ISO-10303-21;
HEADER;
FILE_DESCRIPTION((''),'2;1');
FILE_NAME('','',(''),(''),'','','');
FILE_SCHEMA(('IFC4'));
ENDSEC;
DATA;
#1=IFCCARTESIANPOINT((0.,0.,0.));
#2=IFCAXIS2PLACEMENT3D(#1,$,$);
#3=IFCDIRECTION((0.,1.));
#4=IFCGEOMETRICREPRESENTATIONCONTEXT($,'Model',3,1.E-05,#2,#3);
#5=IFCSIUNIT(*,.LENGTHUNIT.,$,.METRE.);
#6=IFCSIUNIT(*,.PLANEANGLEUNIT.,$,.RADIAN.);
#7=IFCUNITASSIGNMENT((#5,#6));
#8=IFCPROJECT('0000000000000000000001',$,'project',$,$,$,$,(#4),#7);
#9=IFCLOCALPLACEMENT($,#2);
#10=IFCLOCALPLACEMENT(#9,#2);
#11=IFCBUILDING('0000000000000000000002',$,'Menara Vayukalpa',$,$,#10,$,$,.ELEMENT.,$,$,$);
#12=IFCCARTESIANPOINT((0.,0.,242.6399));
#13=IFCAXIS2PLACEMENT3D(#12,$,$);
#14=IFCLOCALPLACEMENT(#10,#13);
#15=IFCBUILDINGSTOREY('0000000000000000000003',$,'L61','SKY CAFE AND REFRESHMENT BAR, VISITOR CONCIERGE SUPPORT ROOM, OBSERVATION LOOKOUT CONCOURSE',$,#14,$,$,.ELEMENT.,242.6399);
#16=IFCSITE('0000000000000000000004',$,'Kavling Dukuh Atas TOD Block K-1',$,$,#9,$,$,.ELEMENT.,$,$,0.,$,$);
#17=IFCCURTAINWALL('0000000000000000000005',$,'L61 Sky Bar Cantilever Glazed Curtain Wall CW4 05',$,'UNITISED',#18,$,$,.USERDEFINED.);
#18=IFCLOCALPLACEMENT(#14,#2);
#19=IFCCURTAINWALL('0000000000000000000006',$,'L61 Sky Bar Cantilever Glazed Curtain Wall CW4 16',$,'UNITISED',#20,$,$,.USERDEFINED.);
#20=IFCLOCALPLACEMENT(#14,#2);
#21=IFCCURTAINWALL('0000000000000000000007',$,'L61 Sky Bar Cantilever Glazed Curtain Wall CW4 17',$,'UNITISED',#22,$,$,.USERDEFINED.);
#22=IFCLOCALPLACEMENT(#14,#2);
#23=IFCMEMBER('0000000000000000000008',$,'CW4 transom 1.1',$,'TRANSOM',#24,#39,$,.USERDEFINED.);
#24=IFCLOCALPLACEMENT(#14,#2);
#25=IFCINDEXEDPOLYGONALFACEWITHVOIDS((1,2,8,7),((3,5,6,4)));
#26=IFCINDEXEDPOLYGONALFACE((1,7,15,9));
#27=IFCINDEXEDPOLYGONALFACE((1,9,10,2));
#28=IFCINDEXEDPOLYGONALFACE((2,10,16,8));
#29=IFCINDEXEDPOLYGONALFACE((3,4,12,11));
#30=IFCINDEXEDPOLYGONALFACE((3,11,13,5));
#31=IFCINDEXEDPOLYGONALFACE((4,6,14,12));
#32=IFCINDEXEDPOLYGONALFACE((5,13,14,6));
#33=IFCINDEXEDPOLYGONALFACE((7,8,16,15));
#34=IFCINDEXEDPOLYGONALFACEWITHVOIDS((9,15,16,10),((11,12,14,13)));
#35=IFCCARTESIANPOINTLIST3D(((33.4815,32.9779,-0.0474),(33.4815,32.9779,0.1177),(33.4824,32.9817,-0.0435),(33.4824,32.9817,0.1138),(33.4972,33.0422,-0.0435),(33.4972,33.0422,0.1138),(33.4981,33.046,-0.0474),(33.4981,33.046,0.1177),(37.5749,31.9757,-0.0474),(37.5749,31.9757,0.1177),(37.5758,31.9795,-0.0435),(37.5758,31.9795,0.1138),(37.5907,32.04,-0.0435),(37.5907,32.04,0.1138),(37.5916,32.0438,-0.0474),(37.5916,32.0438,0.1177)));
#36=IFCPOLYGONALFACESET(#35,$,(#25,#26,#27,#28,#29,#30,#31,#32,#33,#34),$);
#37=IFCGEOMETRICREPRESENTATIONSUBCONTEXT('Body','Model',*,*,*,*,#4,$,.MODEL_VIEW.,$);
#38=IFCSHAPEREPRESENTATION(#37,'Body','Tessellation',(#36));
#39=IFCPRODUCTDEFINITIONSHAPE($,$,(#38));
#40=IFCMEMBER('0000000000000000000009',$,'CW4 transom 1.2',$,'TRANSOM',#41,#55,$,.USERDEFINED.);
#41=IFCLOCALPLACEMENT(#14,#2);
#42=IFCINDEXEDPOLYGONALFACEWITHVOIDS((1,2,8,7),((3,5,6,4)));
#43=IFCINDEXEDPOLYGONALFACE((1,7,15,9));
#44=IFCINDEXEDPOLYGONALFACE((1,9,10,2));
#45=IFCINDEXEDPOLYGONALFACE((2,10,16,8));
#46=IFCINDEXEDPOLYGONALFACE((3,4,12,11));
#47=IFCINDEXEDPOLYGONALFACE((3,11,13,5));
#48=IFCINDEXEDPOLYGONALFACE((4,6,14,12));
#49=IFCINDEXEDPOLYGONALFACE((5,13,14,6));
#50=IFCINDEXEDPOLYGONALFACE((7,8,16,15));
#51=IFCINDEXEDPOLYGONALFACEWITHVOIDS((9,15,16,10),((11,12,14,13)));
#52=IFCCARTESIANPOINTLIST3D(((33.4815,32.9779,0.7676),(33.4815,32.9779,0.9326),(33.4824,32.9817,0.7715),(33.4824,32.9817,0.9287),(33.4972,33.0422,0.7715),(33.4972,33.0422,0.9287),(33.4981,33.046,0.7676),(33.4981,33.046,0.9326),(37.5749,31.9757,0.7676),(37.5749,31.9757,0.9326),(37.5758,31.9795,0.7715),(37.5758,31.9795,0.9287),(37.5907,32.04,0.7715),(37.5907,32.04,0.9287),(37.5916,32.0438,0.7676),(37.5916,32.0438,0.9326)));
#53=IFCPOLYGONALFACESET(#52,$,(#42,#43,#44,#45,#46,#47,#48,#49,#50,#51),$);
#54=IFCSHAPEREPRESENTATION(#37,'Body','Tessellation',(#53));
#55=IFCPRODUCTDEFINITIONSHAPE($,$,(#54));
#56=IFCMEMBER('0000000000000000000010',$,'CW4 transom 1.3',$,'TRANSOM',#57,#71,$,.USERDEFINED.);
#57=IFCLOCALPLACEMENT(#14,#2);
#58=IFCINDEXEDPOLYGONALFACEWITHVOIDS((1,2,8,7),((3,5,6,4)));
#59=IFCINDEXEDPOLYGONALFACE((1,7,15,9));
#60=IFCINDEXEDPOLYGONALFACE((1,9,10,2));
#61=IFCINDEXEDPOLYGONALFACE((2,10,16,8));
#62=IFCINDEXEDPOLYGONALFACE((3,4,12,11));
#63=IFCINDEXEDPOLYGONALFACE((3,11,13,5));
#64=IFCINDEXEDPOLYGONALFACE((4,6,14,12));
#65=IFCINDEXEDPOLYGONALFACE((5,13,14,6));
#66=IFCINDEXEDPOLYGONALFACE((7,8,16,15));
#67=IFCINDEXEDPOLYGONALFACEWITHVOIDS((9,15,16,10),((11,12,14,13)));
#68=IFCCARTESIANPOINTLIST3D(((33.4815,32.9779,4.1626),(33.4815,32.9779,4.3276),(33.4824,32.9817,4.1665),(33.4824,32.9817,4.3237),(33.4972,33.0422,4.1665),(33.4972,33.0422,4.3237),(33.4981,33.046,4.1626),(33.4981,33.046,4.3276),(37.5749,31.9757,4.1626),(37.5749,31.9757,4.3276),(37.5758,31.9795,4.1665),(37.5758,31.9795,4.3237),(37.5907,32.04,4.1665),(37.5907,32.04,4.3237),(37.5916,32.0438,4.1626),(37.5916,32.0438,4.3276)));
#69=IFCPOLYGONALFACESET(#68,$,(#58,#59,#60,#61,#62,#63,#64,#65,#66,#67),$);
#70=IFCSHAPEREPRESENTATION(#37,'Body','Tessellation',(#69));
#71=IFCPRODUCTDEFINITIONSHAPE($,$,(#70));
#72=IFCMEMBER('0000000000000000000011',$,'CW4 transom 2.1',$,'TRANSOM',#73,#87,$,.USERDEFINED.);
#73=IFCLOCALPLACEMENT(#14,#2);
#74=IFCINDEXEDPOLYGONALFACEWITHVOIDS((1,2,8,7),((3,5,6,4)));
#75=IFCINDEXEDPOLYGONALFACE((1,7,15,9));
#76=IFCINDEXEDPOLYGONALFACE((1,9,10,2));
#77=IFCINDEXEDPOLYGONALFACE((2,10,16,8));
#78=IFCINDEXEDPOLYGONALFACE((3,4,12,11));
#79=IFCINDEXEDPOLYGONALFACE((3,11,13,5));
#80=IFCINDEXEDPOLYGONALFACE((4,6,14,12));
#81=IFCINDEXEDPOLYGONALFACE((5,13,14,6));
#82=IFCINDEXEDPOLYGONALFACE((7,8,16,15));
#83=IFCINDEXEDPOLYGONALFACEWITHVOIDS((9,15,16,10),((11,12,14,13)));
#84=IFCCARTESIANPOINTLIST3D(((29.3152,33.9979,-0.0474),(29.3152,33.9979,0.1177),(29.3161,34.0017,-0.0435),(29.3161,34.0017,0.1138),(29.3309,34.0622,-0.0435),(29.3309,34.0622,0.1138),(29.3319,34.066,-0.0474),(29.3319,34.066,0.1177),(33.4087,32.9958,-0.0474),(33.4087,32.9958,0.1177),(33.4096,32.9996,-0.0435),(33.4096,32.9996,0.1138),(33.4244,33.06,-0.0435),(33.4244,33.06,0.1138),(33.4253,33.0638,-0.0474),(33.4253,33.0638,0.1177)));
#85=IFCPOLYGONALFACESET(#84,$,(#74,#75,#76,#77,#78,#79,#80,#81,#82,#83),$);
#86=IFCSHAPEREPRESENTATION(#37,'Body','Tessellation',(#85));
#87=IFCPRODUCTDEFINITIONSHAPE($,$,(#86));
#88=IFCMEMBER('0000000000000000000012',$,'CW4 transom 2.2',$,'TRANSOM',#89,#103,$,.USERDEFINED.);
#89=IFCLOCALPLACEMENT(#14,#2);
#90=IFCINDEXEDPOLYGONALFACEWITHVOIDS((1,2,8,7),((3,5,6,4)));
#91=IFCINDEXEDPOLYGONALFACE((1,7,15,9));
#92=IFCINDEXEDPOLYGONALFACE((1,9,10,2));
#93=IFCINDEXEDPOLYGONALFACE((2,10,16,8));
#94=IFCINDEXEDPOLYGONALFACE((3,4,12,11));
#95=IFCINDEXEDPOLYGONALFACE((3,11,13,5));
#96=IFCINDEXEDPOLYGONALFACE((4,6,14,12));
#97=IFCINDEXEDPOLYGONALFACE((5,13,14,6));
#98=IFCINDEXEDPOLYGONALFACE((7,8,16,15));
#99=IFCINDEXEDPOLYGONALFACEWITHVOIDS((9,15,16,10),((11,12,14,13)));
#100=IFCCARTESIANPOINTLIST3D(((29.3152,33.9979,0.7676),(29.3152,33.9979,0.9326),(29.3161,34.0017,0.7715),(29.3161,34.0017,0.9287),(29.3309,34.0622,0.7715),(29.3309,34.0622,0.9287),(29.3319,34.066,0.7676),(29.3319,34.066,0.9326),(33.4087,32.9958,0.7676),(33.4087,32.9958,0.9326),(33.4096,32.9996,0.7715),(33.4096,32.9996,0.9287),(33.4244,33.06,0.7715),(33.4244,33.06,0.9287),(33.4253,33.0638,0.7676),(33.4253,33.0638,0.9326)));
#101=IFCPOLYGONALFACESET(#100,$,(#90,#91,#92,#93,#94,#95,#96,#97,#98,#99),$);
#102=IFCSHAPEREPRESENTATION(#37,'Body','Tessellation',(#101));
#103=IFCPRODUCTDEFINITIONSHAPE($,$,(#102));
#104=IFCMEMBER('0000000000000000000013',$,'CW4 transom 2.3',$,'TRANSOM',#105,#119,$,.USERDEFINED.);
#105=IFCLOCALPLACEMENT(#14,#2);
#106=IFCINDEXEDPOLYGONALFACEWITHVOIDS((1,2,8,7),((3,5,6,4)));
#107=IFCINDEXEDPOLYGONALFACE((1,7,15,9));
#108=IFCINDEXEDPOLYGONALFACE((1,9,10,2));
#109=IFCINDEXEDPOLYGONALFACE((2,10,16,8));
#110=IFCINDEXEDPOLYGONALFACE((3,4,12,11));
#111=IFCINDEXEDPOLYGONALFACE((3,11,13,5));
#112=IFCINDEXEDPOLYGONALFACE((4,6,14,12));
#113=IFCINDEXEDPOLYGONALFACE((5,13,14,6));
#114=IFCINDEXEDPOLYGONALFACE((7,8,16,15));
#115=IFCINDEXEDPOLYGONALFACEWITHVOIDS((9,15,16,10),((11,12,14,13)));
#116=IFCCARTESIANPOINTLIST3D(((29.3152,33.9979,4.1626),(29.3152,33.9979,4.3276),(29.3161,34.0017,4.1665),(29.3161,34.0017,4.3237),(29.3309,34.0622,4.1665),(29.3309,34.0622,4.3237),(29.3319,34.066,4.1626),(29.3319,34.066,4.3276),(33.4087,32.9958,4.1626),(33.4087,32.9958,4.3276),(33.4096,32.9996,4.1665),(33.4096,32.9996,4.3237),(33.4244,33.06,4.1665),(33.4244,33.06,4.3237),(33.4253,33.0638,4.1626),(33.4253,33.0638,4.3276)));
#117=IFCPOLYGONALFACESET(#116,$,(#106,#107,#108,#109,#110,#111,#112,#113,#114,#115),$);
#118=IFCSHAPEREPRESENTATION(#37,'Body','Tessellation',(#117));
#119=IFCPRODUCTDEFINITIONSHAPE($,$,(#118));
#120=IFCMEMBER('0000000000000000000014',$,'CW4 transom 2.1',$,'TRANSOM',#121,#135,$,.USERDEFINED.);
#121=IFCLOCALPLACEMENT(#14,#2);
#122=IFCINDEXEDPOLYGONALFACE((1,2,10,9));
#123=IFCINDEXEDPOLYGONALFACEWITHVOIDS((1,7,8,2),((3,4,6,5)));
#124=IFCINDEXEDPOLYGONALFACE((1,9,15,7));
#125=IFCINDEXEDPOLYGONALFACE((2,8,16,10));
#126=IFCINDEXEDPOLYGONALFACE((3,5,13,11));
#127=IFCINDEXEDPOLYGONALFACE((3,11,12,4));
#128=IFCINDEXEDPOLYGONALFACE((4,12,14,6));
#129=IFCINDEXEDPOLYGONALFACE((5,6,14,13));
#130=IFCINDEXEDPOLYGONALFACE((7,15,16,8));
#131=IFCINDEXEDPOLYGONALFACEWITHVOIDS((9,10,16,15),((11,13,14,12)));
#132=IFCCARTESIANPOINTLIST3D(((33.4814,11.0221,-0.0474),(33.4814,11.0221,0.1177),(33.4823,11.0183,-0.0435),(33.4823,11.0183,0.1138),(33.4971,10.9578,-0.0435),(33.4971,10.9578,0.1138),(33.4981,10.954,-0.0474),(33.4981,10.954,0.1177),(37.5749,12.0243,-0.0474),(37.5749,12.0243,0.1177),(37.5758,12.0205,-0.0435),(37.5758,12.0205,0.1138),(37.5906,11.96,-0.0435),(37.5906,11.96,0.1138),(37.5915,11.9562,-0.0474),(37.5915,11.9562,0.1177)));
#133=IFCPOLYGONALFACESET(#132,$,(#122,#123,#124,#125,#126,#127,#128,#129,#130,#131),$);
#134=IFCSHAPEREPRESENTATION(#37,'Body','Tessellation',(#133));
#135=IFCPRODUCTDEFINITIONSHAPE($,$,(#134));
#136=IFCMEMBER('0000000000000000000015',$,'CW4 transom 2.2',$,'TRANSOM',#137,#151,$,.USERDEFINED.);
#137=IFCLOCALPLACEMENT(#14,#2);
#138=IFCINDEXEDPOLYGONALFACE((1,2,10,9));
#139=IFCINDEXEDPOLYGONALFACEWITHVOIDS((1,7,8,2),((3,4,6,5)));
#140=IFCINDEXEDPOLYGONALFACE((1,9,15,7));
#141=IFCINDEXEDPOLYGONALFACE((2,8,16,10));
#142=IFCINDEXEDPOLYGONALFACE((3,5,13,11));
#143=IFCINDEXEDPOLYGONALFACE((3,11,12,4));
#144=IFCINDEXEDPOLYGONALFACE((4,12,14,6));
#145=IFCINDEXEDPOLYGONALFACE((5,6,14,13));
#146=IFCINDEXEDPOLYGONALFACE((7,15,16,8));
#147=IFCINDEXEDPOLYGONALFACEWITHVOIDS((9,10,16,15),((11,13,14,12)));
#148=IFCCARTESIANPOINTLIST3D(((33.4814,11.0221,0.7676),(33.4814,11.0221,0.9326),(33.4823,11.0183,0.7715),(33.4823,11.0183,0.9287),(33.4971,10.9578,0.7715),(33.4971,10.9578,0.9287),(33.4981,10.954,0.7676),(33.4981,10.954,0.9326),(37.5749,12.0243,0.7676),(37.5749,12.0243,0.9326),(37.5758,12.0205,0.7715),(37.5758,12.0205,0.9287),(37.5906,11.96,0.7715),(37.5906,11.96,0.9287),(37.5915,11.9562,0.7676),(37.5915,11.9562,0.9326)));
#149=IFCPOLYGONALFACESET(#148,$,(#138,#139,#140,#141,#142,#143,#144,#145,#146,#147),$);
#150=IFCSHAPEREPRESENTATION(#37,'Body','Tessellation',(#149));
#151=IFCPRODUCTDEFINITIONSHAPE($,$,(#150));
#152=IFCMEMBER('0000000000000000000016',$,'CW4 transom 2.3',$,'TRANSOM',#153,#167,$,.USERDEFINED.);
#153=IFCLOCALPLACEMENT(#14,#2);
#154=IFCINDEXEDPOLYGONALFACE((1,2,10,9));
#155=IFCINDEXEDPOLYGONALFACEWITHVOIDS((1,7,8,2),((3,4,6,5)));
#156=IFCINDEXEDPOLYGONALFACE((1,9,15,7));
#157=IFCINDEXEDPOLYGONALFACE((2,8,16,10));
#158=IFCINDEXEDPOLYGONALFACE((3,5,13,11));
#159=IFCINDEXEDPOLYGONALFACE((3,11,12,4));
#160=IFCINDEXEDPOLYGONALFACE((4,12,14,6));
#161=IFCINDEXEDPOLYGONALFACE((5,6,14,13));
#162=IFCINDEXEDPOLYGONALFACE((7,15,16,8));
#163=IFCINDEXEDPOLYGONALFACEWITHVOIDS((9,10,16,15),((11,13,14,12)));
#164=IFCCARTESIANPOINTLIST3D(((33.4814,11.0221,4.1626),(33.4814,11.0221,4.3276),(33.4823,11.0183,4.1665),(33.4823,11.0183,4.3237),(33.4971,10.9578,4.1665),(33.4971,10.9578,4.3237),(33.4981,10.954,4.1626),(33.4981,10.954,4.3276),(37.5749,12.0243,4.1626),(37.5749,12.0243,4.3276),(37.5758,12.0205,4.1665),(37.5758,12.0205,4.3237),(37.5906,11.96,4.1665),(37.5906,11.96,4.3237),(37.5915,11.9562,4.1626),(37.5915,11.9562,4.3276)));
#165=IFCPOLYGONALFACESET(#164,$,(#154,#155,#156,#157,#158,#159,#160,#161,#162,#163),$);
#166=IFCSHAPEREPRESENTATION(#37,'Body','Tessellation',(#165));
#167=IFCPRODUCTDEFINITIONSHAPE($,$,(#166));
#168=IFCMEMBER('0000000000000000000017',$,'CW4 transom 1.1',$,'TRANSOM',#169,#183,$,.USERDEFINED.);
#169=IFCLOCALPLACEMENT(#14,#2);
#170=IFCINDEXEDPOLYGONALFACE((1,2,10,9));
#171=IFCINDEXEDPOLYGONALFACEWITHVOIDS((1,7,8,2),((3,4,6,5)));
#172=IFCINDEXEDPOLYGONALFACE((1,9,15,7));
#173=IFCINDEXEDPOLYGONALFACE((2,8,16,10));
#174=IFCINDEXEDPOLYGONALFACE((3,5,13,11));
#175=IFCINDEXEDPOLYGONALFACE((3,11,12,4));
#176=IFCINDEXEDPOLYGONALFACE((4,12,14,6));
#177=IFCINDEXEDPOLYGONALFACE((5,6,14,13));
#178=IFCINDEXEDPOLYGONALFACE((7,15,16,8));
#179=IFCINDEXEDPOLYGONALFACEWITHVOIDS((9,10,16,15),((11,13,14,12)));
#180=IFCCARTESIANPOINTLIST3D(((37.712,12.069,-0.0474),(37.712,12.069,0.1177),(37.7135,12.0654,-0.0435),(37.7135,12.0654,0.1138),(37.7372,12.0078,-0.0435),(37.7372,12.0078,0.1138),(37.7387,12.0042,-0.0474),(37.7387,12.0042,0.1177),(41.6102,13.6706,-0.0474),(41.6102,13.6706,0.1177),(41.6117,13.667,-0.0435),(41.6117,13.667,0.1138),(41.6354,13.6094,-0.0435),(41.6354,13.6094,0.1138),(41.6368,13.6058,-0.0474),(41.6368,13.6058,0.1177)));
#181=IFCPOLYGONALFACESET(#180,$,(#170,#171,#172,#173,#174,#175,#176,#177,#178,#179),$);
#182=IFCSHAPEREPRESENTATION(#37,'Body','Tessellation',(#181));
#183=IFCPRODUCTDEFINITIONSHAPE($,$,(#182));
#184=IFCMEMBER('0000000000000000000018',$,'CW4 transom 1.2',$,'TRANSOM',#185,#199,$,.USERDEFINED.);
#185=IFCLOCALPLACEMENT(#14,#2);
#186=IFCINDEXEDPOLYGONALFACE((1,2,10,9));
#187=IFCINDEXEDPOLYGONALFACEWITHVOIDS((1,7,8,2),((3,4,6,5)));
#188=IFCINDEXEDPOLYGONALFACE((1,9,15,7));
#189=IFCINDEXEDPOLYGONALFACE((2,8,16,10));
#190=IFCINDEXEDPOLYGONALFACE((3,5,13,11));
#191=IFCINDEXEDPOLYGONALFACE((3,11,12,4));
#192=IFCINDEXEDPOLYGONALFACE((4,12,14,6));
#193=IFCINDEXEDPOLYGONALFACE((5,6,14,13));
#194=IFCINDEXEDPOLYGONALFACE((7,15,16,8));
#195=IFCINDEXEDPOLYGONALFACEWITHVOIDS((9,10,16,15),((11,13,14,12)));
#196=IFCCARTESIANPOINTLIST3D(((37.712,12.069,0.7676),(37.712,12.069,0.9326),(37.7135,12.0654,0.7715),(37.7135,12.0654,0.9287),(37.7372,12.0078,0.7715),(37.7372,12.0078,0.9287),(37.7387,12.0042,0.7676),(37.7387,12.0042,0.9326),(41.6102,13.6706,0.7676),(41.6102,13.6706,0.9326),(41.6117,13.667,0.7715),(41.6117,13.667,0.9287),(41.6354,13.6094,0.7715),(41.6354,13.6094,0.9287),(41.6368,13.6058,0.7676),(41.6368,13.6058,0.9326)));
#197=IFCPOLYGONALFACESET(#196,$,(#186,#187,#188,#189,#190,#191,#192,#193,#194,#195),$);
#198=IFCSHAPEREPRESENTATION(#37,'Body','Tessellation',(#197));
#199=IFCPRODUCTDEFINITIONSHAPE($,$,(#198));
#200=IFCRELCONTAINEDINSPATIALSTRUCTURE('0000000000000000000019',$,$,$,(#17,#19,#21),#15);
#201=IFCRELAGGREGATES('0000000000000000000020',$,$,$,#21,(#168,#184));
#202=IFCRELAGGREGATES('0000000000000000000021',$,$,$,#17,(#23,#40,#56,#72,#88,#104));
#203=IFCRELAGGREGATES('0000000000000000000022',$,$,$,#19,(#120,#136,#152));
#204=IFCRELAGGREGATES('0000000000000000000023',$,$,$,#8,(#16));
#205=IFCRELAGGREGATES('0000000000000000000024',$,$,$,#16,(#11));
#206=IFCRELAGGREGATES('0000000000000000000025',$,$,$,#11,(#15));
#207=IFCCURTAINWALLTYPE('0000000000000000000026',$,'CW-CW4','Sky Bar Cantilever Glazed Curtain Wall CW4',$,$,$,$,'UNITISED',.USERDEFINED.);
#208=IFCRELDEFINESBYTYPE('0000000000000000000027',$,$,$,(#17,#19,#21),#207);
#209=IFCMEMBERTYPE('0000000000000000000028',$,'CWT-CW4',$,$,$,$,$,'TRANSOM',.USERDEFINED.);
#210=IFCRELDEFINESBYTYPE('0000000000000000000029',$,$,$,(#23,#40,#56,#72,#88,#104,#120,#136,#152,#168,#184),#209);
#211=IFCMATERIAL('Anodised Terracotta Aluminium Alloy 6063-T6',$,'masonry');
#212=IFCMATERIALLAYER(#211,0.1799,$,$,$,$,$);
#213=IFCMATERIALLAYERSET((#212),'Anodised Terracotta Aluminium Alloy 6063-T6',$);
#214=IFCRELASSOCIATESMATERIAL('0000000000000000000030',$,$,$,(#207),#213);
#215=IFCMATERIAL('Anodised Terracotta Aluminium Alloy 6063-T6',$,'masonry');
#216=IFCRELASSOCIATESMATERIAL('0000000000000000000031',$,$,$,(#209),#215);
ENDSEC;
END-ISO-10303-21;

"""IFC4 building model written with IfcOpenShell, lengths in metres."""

from ifc_helpers import new_model, si_unit, direction, frame, origin, origin_2d, place, context, subcontext, project, spatial, hollow_rectangle, extrude, material, layer, layer_set, material_profile, profile_set, type_object, element, aggregate, save


model = new_model("IFC4")

# Units and contexts
model_context = context("Model", 3, precision=1e-05, world=origin(), true_north=direction((0.0, 1.0)))
body_context = subcontext(model_context, "Body", "Model", "MODEL_VIEW")
ifc_project = project(units=[si_unit("LENGTHUNIT", "METRE"), si_unit("PLANEANGLEUNIT", "RADIAN")], contexts=[model_context])

# Site, building, storey
site_placement = place(None, origin())
site = spatial("IfcSite", under=ifc_project, at=site_placement, Name="Kavling Dukuh Atas TOD Block K-1", CompositionType="ELEMENT", RefElevation=0.0)
building_placement = place(site_placement, origin())
building = spatial("IfcBuilding", under=site, at=building_placement, Name="Menara Vayukalpa", CompositionType="ELEMENT")
storey_placement = place(building_placement, frame((0.0, 0.0, 242.6399)))
storey = spatial("IfcBuildingStorey", under=building, at=storey_placement, Name="L61", Description="SKY CAFE AND REFRESHMENT BAR, VISITOR CONCIERGE SUPPORT ROOM, OBSERVATION LOOKOUT CONCOURSE", CompositionType="ELEMENT", Elevation=242.6399)

# Shared definitions
ifc_material_1 = material(Name="Anodised Terracotta Aluminium Alloy 6063-T6", Category="masonry")
ifc_layer_1 = layer(ifc_material_1, 0.1799)
ifc_layer_set_1 = layer_set([ifc_layer_1], Name="Anodised Terracotta Aluminium Alloy 6063-T6")
curtain_wall_type = type_object("IfcCurtainWallType", Name="CW-CW4", Description="Sky Bar Cantilever Glazed Curtain Wall CW4", ElementType="UNITISED", PredefinedType="USERDEFINED", material=ifc_layer_set_1)

# Curtain walls
curtain_wall_1_placement = place(storey_placement, origin())
curtain_wall_1 = element("IfcCurtainWall", 1, at=curtain_wall_1_placement, inside=storey, type_object=curtain_wall_type, Name="L61 Sky Bar Cantilever Glazed Curtain Wall CW4 05", ObjectType="UNITISED", PredefinedType="USERDEFINED")
curtain_wall_2_placement = place(storey_placement, origin())
curtain_wall_2 = element("IfcCurtainWall", 2, at=curtain_wall_2_placement, inside=storey, type_object=curtain_wall_type, Name="L61 Sky Bar Cantilever Glazed Curtain Wall CW4 16", ObjectType="UNITISED", PredefinedType="USERDEFINED")

# Curtain wall
curtain_wall_3_placement = place(storey_placement, origin())
curtain_wall_3 = element("IfcCurtainWall", 3, at=curtain_wall_3_placement, inside=storey, type_object=curtain_wall_type, Name="L61 Sky Bar Cantilever Glazed Curtain Wall CW4 17", ObjectType="UNITISED", PredefinedType="USERDEFINED")

# Members
ifc_material_2 = material(Name="Anodised Terracotta Aluminium Alloy 6063-T6", Category="masonry")
ifc_material_profile_1 = material_profile(ifc_material_2, hollow_rectangle(XDim=0.0701, YDim=0.165, WallThickness=0.0039, at=origin_2d()), Name="ALU 70x165x4")
ifc_profile_set_1 = profile_set([ifc_material_profile_1], Name="Anodised Terracotta Aluminium Alloy 6063-T6")
member_type_1 = type_object("IfcMemberType", Name="CWT-CW4", ElementType="TRANSOM", PredefinedType="USERDEFINED", material=ifc_profile_set_1)
member_1_placement = place(storey_placement, frame((37.5833, 32.0098, 0.0352), z_axis=(-0.971313, 0.237803, 0.0), x_axis=(-0.237803, -0.971313, 0.0)))
member_1 = element("IfcMember", 4, at=member_1_placement, type_object=member_type_1, Name="CW4 transom 1.1", ObjectType="TRANSOM", PredefinedType="USERDEFINED", context=body_context, shape_type="SweptSolid", body=[
    extrude(hollow_rectangle(XDim=0.0701, YDim=0.165, WallThickness=0.0039, at=origin_2d()), origin(), (0.0, 0.0, 1.0), 4.2144),
])
member_2_placement = place(storey_placement, frame((37.5833, 32.0098, 0.8501), z_axis=(-0.971313, 0.237803, 0.0), x_axis=(-0.237803, -0.971313, 0.0)))
member_2 = element("IfcMember", 5, at=member_2_placement, type_object=member_type_1, Name="CW4 transom 1.2", ObjectType="TRANSOM", PredefinedType="USERDEFINED", context=body_context, shape_type="SweptSolid", body=[
    extrude(hollow_rectangle(XDim=0.0701, YDim=0.165, WallThickness=0.0039, at=origin_2d()), origin(), (0.0, 0.0, 1.0), 4.2144),
])
member_3_placement = place(storey_placement, frame((37.5833, 32.0098, 4.2451), z_axis=(-0.971313, 0.237803, 0.0), x_axis=(-0.237803, -0.971313, 0.0)))
member_3 = element("IfcMember", 6, at=member_3_placement, type_object=member_type_1, Name="CW4 transom 1.3", ObjectType="TRANSOM", PredefinedType="USERDEFINED", context=body_context, shape_type="SweptSolid", body=[
    extrude(hollow_rectangle(XDim=0.0701, YDim=0.165, WallThickness=0.0039, at=origin_2d()), origin(), (0.0, 0.0, 1.0), 4.2144),
])
member_4_placement = place(storey_placement, frame((33.417, 33.0298, 0.0352), z_axis=(-0.971313, 0.237803, 0.0), x_axis=(-0.237803, -0.971313, 0.0)))
member_4 = element("IfcMember", 7, at=member_4_placement, type_object=member_type_1, Name="CW4 transom 2.1", ObjectType="TRANSOM", PredefinedType="USERDEFINED", context=body_context, shape_type="SweptSolid", body=[
    extrude(hollow_rectangle(XDim=0.0701, YDim=0.165, WallThickness=0.0039, at=origin_2d()), origin(), (0.0, 0.0, 1.0), 4.2144),
])
member_5_placement = place(storey_placement, frame((33.417, 33.0298, 0.8501), z_axis=(-0.971313, 0.237803, 0.0), x_axis=(-0.237803, -0.971313, 0.0)))
member_5 = element("IfcMember", 8, at=member_5_placement, type_object=member_type_1, Name="CW4 transom 2.2", ObjectType="TRANSOM", PredefinedType="USERDEFINED", context=body_context, shape_type="SweptSolid", body=[
    extrude(hollow_rectangle(XDim=0.0701, YDim=0.165, WallThickness=0.0039, at=origin_2d()), origin(), (0.0, 0.0, 1.0), 4.2144),
])
member_6_placement = place(storey_placement, frame((33.417, 33.0298, 4.2451), z_axis=(-0.971313, 0.237803, 0.0), x_axis=(-0.237803, -0.971313, 0.0)))
member_6 = element("IfcMember", 9, at=member_6_placement, type_object=member_type_1, Name="CW4 transom 2.3", ObjectType="TRANSOM", PredefinedType="USERDEFINED", context=body_context, shape_type="SweptSolid", body=[
    extrude(hollow_rectangle(XDim=0.0701, YDim=0.165, WallThickness=0.0039, at=origin_2d()), origin(), (0.0, 0.0, 1.0), 4.2144),
])
member_7_placement = place(storey_placement, frame((33.4897, 10.988, 0.0352), z_axis=(0.971313, 0.237803, 0.0), x_axis=(-0.237803, 0.971313, 0.0)))
member_7 = element("IfcMember", 10, at=member_7_placement, type_object=member_type_1, Name="CW4 transom 2.1", ObjectType="TRANSOM", PredefinedType="USERDEFINED", context=body_context, shape_type="SweptSolid", body=[
    extrude(hollow_rectangle(XDim=0.0701, YDim=0.165, WallThickness=0.0039, at=origin_2d()), origin(), (0.0, 0.0, 1.0), 4.2144),
])
member_8_placement = place(storey_placement, frame((33.4897, 10.988, 0.8501), z_axis=(0.971313, 0.237803, 0.0), x_axis=(-0.237803, 0.971313, 0.0)))
member_8 = element("IfcMember", 11, at=member_8_placement, type_object=member_type_1, Name="CW4 transom 2.2", ObjectType="TRANSOM", PredefinedType="USERDEFINED", context=body_context, shape_type="SweptSolid", body=[
    extrude(hollow_rectangle(XDim=0.0701, YDim=0.165, WallThickness=0.0039, at=origin_2d()), origin(), (0.0, 0.0, 1.0), 4.2144),
])
member_9_placement = place(storey_placement, frame((33.4897, 10.988, 4.2451), z_axis=(0.971313, 0.237803, 0.0), x_axis=(-0.237803, 0.971313, 0.0)))
member_9 = element("IfcMember", 12, at=member_9_placement, type_object=member_type_1, Name="CW4 transom 2.3", ObjectType="TRANSOM", PredefinedType="USERDEFINED", context=body_context, shape_type="SweptSolid", body=[
    extrude(hollow_rectangle(XDim=0.0701, YDim=0.165, WallThickness=0.0039, at=origin_2d()), origin(), (0.0, 0.0, 1.0), 4.2144),
])
member_10_placement = place(storey_placement, frame((37.7253, 12.0366, 0.0352), z_axis=(0.924977, 0.380024, 0.0), x_axis=(-0.380024, 0.924977, 0.0)))
member_10 = element("IfcMember", 13, at=member_10_placement, type_object=member_type_1, Name="CW4 transom 1.1", ObjectType="TRANSOM", PredefinedType="USERDEFINED", context=body_context, shape_type="SweptSolid", body=[
    extrude(hollow_rectangle(XDim=0.0701, YDim=0.165, WallThickness=0.0039, at=origin_2d()), origin(), (0.0, 0.0, 1.0), 4.2144),
])
member_11_placement = place(storey_placement, frame((37.7253, 12.0366, 0.8501), z_axis=(0.924977, 0.380024, 0.0), x_axis=(-0.380024, 0.924977, 0.0)))
member_11 = element("IfcMember", 14, at=member_11_placement, type_object=member_type_1, Name="CW4 transom 1.2", ObjectType="TRANSOM", PredefinedType="USERDEFINED", context=body_context, shape_type="SweptSolid", body=[
    extrude(hollow_rectangle(XDim=0.0701, YDim=0.165, WallThickness=0.0039, at=origin_2d()), origin(), (0.0, 0.0, 1.0), 4.2144),
])
aggregate(curtain_wall_3, [member_10, member_11])

aggregate(curtain_wall_1, [member_1, member_2, member_3, member_4, member_5, member_6])
aggregate(curtain_wall_2, [member_7, member_8, member_9])

save(model, "model.ifc")
